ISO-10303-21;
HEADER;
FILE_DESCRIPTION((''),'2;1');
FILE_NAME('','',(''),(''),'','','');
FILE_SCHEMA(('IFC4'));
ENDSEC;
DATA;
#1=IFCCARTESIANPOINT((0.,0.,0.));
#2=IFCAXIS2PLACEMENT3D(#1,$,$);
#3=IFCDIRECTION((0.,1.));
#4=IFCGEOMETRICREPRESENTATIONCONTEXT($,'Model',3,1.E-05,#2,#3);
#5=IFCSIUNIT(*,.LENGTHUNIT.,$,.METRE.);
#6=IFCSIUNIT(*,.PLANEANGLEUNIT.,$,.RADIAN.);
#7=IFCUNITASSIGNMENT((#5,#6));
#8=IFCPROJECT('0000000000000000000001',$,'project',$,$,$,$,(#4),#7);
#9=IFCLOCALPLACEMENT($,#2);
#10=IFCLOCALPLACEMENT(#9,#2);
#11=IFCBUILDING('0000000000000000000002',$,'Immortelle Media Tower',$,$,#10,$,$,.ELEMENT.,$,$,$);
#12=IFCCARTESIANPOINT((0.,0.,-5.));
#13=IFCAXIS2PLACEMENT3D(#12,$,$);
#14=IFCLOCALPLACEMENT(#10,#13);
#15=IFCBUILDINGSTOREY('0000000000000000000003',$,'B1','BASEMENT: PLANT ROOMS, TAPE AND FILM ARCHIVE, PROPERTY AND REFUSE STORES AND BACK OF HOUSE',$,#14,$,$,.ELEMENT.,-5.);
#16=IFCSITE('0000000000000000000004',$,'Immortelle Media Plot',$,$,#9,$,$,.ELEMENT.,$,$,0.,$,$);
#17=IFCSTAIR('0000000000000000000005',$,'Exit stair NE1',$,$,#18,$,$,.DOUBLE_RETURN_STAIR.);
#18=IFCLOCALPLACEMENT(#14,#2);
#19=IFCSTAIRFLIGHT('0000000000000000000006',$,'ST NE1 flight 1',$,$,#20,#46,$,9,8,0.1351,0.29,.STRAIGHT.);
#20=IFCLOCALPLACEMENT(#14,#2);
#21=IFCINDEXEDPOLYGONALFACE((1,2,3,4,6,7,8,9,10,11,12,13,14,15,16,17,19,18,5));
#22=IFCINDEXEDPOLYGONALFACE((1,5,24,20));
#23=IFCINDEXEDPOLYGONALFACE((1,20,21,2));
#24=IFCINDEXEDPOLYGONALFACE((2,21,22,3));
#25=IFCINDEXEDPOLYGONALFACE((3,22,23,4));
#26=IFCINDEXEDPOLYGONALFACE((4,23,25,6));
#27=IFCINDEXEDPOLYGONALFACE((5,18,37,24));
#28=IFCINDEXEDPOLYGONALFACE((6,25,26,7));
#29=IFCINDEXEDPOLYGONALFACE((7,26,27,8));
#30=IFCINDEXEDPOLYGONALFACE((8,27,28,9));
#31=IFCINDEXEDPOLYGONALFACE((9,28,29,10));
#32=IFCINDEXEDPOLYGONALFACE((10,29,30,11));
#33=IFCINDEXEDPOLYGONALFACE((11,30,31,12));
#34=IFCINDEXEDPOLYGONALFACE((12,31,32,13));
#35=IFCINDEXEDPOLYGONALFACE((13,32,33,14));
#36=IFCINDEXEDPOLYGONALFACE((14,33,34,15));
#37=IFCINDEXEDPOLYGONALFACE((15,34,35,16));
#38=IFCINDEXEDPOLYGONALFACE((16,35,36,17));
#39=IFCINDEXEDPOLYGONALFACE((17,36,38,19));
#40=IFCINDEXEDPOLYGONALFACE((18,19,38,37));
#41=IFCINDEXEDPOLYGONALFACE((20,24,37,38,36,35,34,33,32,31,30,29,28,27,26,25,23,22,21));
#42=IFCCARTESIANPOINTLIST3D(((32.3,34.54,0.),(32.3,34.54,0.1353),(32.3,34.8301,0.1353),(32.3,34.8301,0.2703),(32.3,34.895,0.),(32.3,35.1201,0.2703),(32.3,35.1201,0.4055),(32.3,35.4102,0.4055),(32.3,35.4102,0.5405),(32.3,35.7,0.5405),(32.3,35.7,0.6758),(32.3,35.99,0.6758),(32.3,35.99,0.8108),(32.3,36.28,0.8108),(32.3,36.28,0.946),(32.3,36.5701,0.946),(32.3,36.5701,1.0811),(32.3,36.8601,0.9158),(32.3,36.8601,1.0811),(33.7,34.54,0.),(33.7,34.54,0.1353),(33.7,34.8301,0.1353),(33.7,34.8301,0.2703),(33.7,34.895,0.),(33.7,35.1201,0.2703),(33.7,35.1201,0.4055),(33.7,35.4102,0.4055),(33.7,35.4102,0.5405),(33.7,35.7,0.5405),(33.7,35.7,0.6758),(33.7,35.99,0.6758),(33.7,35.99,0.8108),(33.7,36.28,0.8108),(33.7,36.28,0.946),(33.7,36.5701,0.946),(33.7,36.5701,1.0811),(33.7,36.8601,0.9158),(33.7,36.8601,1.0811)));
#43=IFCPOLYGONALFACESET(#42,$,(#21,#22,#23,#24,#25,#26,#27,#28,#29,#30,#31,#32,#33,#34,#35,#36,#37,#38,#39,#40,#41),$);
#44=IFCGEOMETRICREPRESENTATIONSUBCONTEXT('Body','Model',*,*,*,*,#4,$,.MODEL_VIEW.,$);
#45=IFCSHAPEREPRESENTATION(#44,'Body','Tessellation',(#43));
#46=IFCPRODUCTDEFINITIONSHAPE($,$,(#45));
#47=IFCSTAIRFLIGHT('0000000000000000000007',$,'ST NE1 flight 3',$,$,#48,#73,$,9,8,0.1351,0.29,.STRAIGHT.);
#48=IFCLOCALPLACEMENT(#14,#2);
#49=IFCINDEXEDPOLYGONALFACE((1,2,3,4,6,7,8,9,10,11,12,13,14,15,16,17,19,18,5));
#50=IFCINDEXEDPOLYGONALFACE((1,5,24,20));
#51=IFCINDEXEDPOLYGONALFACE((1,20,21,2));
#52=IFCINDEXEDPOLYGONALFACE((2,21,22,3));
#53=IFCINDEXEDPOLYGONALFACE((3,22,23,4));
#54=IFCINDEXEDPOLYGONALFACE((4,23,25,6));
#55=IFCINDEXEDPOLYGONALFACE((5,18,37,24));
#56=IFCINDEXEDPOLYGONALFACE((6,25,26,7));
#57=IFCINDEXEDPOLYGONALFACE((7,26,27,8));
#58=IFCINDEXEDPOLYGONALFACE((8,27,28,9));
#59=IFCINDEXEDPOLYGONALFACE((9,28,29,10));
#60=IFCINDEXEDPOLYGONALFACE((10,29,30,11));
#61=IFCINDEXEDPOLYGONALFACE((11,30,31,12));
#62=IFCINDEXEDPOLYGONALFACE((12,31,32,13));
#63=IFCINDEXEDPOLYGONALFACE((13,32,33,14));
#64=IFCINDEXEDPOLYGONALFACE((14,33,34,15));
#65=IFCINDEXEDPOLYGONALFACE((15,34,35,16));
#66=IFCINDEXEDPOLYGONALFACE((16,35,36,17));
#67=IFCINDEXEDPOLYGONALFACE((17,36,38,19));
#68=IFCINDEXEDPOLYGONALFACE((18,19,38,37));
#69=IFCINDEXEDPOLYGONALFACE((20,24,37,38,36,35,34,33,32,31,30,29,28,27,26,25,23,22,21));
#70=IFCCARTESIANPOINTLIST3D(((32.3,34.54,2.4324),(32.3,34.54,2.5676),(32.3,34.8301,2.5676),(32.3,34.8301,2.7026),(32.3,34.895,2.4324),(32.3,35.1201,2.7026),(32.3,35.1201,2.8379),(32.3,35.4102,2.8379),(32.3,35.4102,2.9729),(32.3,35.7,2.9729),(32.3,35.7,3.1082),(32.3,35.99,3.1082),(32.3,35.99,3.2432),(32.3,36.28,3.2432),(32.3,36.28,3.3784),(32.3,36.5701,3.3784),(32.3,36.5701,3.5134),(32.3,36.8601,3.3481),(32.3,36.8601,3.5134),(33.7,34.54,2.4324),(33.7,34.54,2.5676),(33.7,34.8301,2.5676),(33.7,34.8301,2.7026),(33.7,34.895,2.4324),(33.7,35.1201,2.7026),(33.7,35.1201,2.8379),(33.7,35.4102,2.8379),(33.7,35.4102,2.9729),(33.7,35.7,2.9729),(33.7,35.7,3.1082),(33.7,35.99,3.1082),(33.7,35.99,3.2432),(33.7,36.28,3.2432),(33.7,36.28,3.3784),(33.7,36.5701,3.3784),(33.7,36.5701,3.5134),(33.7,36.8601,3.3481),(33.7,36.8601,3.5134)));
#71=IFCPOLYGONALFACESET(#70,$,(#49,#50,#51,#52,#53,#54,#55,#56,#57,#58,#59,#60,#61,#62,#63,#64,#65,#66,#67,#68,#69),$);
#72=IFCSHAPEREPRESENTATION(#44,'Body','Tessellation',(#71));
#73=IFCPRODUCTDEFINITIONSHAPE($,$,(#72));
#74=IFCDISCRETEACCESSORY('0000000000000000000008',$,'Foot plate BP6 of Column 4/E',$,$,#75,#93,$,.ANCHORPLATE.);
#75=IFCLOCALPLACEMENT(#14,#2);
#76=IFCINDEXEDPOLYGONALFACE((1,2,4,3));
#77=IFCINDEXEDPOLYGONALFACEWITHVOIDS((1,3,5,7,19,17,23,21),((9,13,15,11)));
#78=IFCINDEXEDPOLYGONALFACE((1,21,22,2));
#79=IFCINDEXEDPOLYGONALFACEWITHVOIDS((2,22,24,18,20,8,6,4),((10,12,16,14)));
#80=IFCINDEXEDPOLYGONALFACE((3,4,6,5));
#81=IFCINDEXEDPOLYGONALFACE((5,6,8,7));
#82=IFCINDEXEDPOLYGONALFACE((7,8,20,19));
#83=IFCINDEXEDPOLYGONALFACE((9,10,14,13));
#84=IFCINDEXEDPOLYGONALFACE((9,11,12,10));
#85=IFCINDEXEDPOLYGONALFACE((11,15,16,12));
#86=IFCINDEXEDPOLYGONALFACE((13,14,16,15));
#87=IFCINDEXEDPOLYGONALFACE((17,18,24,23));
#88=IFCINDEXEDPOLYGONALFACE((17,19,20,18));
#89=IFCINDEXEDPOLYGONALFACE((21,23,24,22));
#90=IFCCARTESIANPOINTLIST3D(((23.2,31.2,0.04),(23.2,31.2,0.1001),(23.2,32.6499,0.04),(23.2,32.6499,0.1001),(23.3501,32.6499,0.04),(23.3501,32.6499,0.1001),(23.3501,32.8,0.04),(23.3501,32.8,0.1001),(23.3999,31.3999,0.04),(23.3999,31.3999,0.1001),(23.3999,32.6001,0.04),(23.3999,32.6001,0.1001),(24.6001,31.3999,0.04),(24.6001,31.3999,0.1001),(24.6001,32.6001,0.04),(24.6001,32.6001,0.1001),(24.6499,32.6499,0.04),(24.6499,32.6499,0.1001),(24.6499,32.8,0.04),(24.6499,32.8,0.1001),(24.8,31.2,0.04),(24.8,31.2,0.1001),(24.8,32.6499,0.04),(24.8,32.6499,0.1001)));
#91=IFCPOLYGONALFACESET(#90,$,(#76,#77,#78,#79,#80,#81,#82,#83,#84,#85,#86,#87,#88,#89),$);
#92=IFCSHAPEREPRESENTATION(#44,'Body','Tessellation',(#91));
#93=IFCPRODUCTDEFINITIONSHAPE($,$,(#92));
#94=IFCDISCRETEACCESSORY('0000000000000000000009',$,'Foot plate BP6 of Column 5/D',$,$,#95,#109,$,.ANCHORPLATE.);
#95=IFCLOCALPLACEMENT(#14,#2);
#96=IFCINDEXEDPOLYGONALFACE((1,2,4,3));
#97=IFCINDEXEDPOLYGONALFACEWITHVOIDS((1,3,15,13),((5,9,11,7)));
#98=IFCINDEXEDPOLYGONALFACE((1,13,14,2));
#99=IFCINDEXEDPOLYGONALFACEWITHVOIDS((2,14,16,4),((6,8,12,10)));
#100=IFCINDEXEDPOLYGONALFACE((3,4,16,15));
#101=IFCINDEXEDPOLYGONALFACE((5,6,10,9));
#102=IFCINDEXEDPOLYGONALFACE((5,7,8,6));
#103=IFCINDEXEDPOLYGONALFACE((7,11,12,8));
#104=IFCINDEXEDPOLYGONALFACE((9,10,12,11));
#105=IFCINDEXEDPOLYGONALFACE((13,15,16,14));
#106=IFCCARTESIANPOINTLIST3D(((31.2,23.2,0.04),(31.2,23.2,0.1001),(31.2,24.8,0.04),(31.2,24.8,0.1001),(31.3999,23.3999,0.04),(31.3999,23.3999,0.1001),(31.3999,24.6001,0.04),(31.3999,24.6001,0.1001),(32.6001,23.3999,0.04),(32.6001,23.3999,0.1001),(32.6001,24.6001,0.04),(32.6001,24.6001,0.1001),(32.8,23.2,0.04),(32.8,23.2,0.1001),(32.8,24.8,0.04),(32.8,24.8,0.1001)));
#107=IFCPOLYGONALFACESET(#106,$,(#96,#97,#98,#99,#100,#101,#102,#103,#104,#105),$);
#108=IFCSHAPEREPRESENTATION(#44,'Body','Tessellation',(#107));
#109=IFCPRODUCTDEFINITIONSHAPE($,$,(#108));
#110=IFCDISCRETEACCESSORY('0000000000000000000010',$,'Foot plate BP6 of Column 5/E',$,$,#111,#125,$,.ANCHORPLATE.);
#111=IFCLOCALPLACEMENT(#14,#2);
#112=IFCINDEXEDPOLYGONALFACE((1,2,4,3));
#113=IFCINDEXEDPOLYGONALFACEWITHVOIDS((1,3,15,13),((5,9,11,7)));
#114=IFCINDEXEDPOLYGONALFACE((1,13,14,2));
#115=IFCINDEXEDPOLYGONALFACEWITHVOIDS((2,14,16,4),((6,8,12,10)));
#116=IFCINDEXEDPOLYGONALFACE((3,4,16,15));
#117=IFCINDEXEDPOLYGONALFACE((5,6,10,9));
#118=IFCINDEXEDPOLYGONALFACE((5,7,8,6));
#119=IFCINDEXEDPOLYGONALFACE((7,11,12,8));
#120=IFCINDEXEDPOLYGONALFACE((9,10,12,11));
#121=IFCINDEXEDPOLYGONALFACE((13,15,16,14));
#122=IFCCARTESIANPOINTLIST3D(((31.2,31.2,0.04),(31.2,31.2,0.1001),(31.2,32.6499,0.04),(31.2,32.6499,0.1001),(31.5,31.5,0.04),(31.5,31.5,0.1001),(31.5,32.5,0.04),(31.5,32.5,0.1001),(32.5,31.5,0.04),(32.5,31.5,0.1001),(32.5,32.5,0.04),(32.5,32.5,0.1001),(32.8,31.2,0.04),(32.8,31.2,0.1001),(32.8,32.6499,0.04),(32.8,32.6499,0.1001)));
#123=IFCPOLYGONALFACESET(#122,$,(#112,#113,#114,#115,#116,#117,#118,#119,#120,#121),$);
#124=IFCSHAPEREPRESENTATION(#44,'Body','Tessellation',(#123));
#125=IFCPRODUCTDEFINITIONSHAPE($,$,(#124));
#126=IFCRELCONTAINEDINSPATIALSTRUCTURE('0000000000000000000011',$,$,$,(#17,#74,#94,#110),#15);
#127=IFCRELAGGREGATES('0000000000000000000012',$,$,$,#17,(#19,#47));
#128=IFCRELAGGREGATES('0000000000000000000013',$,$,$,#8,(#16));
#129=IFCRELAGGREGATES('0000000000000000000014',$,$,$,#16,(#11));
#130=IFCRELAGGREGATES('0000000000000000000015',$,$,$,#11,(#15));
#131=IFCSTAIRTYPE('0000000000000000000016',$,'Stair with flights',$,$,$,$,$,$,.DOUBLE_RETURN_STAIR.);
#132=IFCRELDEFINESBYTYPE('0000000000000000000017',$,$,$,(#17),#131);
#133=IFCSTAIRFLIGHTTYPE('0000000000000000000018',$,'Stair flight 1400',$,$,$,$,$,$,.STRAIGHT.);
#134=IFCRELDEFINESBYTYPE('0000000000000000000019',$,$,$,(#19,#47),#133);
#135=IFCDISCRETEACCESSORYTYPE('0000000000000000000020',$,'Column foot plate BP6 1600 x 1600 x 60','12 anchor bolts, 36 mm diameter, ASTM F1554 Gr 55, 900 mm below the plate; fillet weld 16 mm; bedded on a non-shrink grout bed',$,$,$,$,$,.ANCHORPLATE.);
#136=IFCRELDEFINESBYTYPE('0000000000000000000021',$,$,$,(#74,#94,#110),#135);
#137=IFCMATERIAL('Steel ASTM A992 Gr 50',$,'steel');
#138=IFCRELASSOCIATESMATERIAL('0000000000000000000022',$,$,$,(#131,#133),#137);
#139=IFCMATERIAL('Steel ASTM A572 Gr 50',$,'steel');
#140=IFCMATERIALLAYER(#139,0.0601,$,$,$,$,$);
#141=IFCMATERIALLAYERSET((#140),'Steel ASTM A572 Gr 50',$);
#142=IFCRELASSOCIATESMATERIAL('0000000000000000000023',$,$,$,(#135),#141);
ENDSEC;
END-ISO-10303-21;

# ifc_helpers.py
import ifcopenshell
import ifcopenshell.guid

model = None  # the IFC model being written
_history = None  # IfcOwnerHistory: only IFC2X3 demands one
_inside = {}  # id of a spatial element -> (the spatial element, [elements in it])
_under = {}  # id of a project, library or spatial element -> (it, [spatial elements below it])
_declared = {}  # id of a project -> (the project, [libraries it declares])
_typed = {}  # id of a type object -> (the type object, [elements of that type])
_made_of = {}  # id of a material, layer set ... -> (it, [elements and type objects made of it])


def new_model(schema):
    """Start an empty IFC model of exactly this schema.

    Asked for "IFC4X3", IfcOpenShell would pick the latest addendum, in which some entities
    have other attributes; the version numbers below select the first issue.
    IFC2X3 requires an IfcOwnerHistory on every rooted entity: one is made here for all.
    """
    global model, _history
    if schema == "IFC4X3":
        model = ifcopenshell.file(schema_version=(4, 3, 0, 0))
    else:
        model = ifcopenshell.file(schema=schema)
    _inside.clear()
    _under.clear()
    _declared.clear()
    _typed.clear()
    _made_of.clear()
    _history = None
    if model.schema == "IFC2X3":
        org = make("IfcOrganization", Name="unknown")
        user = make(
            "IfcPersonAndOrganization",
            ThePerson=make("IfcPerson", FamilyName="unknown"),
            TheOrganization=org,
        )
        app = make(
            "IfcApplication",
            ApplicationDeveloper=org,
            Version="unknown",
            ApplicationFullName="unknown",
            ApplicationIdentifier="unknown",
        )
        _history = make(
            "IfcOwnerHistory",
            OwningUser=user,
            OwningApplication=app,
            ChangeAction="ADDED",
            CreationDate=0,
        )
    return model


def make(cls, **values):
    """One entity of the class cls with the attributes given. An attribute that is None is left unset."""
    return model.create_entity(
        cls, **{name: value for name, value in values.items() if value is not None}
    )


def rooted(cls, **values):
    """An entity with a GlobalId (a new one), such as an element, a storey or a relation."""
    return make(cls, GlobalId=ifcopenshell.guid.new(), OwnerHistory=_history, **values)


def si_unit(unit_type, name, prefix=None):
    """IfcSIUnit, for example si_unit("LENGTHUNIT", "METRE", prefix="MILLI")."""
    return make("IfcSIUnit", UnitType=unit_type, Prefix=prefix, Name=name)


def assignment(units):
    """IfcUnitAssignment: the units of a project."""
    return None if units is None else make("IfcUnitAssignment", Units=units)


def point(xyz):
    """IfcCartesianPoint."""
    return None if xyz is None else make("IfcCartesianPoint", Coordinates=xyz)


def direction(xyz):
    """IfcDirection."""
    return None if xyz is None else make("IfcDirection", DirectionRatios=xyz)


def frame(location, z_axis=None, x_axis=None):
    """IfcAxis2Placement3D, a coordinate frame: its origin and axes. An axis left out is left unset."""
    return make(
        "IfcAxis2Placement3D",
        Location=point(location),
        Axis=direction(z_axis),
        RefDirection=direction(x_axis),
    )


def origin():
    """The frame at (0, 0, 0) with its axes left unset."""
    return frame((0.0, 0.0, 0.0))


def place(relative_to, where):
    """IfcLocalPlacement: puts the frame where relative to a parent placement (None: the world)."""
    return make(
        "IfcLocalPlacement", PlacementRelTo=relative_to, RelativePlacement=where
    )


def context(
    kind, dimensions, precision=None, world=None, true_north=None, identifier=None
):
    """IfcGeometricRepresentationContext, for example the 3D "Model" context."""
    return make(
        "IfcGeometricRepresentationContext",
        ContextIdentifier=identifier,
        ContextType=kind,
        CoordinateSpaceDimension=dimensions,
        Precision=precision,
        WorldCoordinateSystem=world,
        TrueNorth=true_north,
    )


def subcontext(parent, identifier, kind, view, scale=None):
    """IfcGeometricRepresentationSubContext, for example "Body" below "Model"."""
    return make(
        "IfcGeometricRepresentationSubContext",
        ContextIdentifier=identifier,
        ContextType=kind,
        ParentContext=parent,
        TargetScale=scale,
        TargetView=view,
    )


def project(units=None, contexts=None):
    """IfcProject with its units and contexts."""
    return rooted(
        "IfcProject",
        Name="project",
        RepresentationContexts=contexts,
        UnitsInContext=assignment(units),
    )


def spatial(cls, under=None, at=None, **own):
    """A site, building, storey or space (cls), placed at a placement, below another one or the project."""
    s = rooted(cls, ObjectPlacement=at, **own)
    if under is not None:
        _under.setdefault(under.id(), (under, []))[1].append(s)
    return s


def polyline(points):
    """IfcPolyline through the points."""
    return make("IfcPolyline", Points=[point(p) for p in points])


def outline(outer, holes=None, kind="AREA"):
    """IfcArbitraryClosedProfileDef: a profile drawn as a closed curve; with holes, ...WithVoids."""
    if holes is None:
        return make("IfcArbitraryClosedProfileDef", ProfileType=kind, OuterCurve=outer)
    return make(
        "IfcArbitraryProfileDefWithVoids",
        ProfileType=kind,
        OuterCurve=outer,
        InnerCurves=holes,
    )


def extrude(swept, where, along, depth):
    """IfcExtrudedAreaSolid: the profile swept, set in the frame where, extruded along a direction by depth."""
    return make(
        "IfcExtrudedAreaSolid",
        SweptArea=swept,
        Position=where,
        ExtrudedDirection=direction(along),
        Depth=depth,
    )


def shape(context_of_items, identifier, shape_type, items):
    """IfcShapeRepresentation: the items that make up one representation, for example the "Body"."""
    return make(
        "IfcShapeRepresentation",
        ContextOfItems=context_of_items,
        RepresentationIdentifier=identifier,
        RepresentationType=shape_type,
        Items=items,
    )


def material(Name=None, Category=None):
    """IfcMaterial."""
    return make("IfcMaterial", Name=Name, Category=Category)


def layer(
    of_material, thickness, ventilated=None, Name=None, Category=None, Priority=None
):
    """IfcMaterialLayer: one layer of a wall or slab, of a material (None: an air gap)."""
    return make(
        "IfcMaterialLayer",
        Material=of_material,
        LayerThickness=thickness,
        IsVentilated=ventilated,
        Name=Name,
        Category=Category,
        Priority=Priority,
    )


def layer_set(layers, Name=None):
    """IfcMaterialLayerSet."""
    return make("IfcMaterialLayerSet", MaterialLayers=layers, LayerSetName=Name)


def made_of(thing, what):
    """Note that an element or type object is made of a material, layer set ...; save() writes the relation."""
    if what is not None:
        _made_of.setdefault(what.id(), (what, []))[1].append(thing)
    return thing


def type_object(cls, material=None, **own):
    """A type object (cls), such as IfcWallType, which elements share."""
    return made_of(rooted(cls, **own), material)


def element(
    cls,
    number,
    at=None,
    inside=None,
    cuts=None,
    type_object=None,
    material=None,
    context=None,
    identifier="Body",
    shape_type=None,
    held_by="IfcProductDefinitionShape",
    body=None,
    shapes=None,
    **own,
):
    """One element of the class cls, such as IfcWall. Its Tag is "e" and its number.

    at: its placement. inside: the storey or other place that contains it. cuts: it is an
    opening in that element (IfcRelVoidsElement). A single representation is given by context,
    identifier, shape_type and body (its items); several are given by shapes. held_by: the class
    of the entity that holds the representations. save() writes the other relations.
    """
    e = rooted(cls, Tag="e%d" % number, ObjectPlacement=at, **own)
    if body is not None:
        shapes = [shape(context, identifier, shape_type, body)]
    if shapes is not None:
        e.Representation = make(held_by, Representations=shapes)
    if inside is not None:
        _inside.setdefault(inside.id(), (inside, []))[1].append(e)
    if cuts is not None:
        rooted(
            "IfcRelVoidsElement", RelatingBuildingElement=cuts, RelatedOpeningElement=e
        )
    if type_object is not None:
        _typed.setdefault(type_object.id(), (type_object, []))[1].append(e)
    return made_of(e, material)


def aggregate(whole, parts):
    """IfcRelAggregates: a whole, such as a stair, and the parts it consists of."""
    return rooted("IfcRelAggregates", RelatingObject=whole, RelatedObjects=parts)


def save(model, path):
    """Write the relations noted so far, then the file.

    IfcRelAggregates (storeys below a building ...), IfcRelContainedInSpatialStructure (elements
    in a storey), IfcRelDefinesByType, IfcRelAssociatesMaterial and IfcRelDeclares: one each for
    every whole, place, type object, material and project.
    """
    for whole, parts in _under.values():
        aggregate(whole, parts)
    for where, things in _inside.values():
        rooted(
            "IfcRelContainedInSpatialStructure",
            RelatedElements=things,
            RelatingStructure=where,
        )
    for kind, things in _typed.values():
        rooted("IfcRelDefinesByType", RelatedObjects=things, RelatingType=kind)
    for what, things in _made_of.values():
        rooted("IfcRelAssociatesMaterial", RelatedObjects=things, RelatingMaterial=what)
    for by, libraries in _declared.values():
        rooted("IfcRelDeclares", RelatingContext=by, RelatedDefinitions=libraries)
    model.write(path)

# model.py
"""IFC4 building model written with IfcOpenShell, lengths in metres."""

from ifc_helpers import new_model, si_unit, direction, frame, origin, place, context, subcontext, project, spatial, polyline, outline, extrude, material, layer, layer_set, type_object, element, aggregate, save


model = new_model("IFC4")

# Units and contexts
model_context = context("Model", 3, precision=1e-05, world=origin(), true_north=direction((0.0, 1.0)))
body_context = subcontext(model_context, "Body", "Model", "MODEL_VIEW")
ifc_project = project(units=[si_unit("LENGTHUNIT", "METRE"), si_unit("PLANEANGLEUNIT", "RADIAN")], contexts=[model_context])

# Site, building, storey
site_placement = place(None, origin())
site = spatial("IfcSite", under=ifc_project, at=site_placement, Name="Immortelle Media Plot", CompositionType="ELEMENT", RefElevation=0.0)
building_placement = place(site_placement, origin())
building = spatial("IfcBuilding", under=site, at=building_placement, Name="Immortelle Media Tower", CompositionType="ELEMENT")
storey_placement = place(building_placement, frame((0.0, 0.0, -5.0)))
storey = spatial("IfcBuildingStorey", under=building, at=storey_placement, Name="B1", Description="BASEMENT: PLANT ROOMS, TAPE AND FILM ARCHIVE, PROPERTY AND REFUSE STORES AND BACK OF HOUSE", CompositionType="ELEMENT", Elevation=-5.0)

# Shared definitions
ifc_material_1 = material(Name="Steel ASTM A572 Gr 50", Category="steel")

# Stair, stair flights
ifc_material_2 = material(Name="Steel ASTM A992 Gr 50", Category="steel")
stair_type = type_object("IfcStairType", Name="Stair with flights", PredefinedType="DOUBLE_RETURN_STAIR", material=ifc_material_2)
stair_placement = place(storey_placement, origin())
stair = element("IfcStair", 1, at=stair_placement, inside=storey, type_object=stair_type, Name="Exit stair NE1", PredefinedType="DOUBLE_RETURN_STAIR")
stair_flight_type = type_object("IfcStairFlightType", Name="Stair flight 1400", PredefinedType="STRAIGHT", material=ifc_material_2)
stair_flight_1_placement = place(storey_placement, frame((33.0, 34.54, 0.0), z_axis=(0.0, 0.0, 1.0), x_axis=(0.0, 1.0, 0.0)))
stair_flight_1 = element("IfcStairFlight", 2, at=stair_flight_1_placement, type_object=stair_flight_type, Name="ST NE1 flight 1", NumberOfRisers=9, NumberOfTreads=8, PredefinedType="STRAIGHT", RiserHeight=0.1351, TreadLength=0.29, context=body_context, shape_type="SweptSolid", body=[
    extrude(outline(polyline([(0.0, 0.0), (0.0, 0.1353), (0.29, 0.1353), (0.29, 0.2703), (0.5801, 0.2703), (0.5801, 0.4055), (0.8701, 0.4055), (0.8701, 0.5405), (1.1599, 0.5405), (1.1599, 0.6758), (1.45, 0.6758), (1.45, 0.8108), (1.74, 0.8108), (1.74, 0.946), (2.03, 0.946), (2.03, 1.0811), (2.3201, 1.0811), (2.3201, 1.2163), (2.3201, 0.9158), (0.355, 0.0), (0.0, 0.0)])), frame((0.0, 0.7, 0.0), z_axis=(0.0, -1.0, 0.0), x_axis=(1.0, 0.0, 0.0)), (0.0, 0.0, 1.0), 1.3999),
])
stair_flight_2_placement = place(storey_placement, frame((33.0, 34.54, 2.4324), z_axis=(0.0, 0.0, 1.0), x_axis=(0.0, 1.0, 0.0)))
stair_flight_2 = element("IfcStairFlight", 3, at=stair_flight_2_placement, type_object=stair_flight_type, Name="ST NE1 flight 3", NumberOfRisers=9, NumberOfTreads=8, PredefinedType="STRAIGHT", RiserHeight=0.1351, TreadLength=0.29, context=body_context, shape_type="SweptSolid", body=[
    extrude(outline(polyline([(0.0, 0.0), (0.0, 0.1353), (0.29, 0.1353), (0.29, 0.2703), (0.5801, 0.2703), (0.5801, 0.4055), (0.8701, 0.4055), (0.8701, 0.5405), (1.1599, 0.5405), (1.1599, 0.6758), (1.45, 0.6758), (1.45, 0.8108), (1.74, 0.8108), (1.74, 0.946), (2.03, 0.946), (2.03, 1.0811), (2.3201, 1.0811), (2.3201, 1.2163), (2.3201, 0.9158), (0.355, 0.0), (0.0, 0.0)])), frame((0.0, 0.7, 0.0), z_axis=(0.0, -1.0, 0.0), x_axis=(1.0, 0.0, 0.0)), (0.0, 0.0, 1.0), 1.3999),
])
aggregate(stair, [stair_flight_1, stair_flight_2])

# Discrete accessories
ifc_layer_1 = layer(ifc_material_1, 0.0601)
ifc_layer_set_1 = layer_set([ifc_layer_1], Name="Steel ASTM A572 Gr 50")
discrete_accessory_type = type_object("IfcDiscreteAccessoryType", Name="Column foot plate BP6 1600 x 1600 x 60", Description="12 anchor bolts, 36 mm diameter, ASTM F1554 Gr 55, 900 mm below the plate; fillet weld 16 mm; bedded on a non-shrink grout bed", PredefinedType="ANCHORPLATE", material=ifc_layer_set_1)
discrete_accessory_1_placement = place(storey_placement, frame((24.0, 32.0, 0.04), z_axis=(0.0, 0.0, 1.0), x_axis=(1.0, 0.0, 0.0)))
element("IfcDiscreteAccessory", 4, at=discrete_accessory_1_placement, inside=storey, type_object=discrete_accessory_type, Name="Foot plate BP6 of Column 4/E", PredefinedType="ANCHORPLATE", context=body_context, shape_type="SweptSolid", body=[
    extrude(outline(polyline([(-0.8, -0.8), (0.8, -0.8), (0.8, 0.6499), (0.6499, 0.6499), (0.6499, 0.8), (-0.6499, 0.8), (-0.6499, 0.6499), (-0.8, 0.6499), (-0.8, -0.8)]), holes=[polyline([(0.6001, 0.6001), (0.6001, -0.6001), (-0.6001, -0.6001), (-0.6001, 0.6001), (0.6001, 0.6001)])]), origin(), (0.0, 0.0, 1.0), 0.0601),
])
discrete_accessory_2_placement = place(storey_placement, frame((32.0, 24.0, 0.04), z_axis=(0.0, 0.0, 1.0), x_axis=(1.0, 0.0, 0.0)))
element("IfcDiscreteAccessory", 5, at=discrete_accessory_2_placement, inside=storey, type_object=discrete_accessory_type, Name="Foot plate BP6 of Column 5/D", PredefinedType="ANCHORPLATE", context=body_context, shape_type="SweptSolid", body=[
    extrude(outline(polyline([(-0.8, -0.8), (0.8, -0.8), (0.8, 0.8), (-0.8, 0.8), (-0.8, -0.8)]), holes=[polyline([(0.6001, 0.6001), (0.6001, -0.6001), (-0.6001, -0.6001), (-0.6001, 0.6001), (0.6001, 0.6001)])]), origin(), (0.0, 0.0, 1.0), 0.0601),
])
discrete_accessory_3_placement = place(storey_placement, frame((32.0, 32.0, 0.04), z_axis=(0.0, 0.0, 1.0), x_axis=(1.0, 0.0, 0.0)))
element("IfcDiscreteAccessory", 6, at=discrete_accessory_3_placement, inside=storey, type_object=discrete_accessory_type, Name="Foot plate BP6 of Column 5/E", PredefinedType="ANCHORPLATE", context=body_context, shape_type="SweptSolid", body=[
    extrude(outline(polyline([(-0.8, -0.8), (0.8, -0.8), (0.8, 0.6499), (-0.8, 0.6499), (-0.8, -0.8)]), holes=[polyline([(0.5, 0.5), (0.5, -0.5), (-0.5, -0.5), (-0.5, 0.5), (0.5, 0.5)])]), origin(), (0.0, 0.0, 1.0), 0.0601),
])

save(model, "model.ifc")
